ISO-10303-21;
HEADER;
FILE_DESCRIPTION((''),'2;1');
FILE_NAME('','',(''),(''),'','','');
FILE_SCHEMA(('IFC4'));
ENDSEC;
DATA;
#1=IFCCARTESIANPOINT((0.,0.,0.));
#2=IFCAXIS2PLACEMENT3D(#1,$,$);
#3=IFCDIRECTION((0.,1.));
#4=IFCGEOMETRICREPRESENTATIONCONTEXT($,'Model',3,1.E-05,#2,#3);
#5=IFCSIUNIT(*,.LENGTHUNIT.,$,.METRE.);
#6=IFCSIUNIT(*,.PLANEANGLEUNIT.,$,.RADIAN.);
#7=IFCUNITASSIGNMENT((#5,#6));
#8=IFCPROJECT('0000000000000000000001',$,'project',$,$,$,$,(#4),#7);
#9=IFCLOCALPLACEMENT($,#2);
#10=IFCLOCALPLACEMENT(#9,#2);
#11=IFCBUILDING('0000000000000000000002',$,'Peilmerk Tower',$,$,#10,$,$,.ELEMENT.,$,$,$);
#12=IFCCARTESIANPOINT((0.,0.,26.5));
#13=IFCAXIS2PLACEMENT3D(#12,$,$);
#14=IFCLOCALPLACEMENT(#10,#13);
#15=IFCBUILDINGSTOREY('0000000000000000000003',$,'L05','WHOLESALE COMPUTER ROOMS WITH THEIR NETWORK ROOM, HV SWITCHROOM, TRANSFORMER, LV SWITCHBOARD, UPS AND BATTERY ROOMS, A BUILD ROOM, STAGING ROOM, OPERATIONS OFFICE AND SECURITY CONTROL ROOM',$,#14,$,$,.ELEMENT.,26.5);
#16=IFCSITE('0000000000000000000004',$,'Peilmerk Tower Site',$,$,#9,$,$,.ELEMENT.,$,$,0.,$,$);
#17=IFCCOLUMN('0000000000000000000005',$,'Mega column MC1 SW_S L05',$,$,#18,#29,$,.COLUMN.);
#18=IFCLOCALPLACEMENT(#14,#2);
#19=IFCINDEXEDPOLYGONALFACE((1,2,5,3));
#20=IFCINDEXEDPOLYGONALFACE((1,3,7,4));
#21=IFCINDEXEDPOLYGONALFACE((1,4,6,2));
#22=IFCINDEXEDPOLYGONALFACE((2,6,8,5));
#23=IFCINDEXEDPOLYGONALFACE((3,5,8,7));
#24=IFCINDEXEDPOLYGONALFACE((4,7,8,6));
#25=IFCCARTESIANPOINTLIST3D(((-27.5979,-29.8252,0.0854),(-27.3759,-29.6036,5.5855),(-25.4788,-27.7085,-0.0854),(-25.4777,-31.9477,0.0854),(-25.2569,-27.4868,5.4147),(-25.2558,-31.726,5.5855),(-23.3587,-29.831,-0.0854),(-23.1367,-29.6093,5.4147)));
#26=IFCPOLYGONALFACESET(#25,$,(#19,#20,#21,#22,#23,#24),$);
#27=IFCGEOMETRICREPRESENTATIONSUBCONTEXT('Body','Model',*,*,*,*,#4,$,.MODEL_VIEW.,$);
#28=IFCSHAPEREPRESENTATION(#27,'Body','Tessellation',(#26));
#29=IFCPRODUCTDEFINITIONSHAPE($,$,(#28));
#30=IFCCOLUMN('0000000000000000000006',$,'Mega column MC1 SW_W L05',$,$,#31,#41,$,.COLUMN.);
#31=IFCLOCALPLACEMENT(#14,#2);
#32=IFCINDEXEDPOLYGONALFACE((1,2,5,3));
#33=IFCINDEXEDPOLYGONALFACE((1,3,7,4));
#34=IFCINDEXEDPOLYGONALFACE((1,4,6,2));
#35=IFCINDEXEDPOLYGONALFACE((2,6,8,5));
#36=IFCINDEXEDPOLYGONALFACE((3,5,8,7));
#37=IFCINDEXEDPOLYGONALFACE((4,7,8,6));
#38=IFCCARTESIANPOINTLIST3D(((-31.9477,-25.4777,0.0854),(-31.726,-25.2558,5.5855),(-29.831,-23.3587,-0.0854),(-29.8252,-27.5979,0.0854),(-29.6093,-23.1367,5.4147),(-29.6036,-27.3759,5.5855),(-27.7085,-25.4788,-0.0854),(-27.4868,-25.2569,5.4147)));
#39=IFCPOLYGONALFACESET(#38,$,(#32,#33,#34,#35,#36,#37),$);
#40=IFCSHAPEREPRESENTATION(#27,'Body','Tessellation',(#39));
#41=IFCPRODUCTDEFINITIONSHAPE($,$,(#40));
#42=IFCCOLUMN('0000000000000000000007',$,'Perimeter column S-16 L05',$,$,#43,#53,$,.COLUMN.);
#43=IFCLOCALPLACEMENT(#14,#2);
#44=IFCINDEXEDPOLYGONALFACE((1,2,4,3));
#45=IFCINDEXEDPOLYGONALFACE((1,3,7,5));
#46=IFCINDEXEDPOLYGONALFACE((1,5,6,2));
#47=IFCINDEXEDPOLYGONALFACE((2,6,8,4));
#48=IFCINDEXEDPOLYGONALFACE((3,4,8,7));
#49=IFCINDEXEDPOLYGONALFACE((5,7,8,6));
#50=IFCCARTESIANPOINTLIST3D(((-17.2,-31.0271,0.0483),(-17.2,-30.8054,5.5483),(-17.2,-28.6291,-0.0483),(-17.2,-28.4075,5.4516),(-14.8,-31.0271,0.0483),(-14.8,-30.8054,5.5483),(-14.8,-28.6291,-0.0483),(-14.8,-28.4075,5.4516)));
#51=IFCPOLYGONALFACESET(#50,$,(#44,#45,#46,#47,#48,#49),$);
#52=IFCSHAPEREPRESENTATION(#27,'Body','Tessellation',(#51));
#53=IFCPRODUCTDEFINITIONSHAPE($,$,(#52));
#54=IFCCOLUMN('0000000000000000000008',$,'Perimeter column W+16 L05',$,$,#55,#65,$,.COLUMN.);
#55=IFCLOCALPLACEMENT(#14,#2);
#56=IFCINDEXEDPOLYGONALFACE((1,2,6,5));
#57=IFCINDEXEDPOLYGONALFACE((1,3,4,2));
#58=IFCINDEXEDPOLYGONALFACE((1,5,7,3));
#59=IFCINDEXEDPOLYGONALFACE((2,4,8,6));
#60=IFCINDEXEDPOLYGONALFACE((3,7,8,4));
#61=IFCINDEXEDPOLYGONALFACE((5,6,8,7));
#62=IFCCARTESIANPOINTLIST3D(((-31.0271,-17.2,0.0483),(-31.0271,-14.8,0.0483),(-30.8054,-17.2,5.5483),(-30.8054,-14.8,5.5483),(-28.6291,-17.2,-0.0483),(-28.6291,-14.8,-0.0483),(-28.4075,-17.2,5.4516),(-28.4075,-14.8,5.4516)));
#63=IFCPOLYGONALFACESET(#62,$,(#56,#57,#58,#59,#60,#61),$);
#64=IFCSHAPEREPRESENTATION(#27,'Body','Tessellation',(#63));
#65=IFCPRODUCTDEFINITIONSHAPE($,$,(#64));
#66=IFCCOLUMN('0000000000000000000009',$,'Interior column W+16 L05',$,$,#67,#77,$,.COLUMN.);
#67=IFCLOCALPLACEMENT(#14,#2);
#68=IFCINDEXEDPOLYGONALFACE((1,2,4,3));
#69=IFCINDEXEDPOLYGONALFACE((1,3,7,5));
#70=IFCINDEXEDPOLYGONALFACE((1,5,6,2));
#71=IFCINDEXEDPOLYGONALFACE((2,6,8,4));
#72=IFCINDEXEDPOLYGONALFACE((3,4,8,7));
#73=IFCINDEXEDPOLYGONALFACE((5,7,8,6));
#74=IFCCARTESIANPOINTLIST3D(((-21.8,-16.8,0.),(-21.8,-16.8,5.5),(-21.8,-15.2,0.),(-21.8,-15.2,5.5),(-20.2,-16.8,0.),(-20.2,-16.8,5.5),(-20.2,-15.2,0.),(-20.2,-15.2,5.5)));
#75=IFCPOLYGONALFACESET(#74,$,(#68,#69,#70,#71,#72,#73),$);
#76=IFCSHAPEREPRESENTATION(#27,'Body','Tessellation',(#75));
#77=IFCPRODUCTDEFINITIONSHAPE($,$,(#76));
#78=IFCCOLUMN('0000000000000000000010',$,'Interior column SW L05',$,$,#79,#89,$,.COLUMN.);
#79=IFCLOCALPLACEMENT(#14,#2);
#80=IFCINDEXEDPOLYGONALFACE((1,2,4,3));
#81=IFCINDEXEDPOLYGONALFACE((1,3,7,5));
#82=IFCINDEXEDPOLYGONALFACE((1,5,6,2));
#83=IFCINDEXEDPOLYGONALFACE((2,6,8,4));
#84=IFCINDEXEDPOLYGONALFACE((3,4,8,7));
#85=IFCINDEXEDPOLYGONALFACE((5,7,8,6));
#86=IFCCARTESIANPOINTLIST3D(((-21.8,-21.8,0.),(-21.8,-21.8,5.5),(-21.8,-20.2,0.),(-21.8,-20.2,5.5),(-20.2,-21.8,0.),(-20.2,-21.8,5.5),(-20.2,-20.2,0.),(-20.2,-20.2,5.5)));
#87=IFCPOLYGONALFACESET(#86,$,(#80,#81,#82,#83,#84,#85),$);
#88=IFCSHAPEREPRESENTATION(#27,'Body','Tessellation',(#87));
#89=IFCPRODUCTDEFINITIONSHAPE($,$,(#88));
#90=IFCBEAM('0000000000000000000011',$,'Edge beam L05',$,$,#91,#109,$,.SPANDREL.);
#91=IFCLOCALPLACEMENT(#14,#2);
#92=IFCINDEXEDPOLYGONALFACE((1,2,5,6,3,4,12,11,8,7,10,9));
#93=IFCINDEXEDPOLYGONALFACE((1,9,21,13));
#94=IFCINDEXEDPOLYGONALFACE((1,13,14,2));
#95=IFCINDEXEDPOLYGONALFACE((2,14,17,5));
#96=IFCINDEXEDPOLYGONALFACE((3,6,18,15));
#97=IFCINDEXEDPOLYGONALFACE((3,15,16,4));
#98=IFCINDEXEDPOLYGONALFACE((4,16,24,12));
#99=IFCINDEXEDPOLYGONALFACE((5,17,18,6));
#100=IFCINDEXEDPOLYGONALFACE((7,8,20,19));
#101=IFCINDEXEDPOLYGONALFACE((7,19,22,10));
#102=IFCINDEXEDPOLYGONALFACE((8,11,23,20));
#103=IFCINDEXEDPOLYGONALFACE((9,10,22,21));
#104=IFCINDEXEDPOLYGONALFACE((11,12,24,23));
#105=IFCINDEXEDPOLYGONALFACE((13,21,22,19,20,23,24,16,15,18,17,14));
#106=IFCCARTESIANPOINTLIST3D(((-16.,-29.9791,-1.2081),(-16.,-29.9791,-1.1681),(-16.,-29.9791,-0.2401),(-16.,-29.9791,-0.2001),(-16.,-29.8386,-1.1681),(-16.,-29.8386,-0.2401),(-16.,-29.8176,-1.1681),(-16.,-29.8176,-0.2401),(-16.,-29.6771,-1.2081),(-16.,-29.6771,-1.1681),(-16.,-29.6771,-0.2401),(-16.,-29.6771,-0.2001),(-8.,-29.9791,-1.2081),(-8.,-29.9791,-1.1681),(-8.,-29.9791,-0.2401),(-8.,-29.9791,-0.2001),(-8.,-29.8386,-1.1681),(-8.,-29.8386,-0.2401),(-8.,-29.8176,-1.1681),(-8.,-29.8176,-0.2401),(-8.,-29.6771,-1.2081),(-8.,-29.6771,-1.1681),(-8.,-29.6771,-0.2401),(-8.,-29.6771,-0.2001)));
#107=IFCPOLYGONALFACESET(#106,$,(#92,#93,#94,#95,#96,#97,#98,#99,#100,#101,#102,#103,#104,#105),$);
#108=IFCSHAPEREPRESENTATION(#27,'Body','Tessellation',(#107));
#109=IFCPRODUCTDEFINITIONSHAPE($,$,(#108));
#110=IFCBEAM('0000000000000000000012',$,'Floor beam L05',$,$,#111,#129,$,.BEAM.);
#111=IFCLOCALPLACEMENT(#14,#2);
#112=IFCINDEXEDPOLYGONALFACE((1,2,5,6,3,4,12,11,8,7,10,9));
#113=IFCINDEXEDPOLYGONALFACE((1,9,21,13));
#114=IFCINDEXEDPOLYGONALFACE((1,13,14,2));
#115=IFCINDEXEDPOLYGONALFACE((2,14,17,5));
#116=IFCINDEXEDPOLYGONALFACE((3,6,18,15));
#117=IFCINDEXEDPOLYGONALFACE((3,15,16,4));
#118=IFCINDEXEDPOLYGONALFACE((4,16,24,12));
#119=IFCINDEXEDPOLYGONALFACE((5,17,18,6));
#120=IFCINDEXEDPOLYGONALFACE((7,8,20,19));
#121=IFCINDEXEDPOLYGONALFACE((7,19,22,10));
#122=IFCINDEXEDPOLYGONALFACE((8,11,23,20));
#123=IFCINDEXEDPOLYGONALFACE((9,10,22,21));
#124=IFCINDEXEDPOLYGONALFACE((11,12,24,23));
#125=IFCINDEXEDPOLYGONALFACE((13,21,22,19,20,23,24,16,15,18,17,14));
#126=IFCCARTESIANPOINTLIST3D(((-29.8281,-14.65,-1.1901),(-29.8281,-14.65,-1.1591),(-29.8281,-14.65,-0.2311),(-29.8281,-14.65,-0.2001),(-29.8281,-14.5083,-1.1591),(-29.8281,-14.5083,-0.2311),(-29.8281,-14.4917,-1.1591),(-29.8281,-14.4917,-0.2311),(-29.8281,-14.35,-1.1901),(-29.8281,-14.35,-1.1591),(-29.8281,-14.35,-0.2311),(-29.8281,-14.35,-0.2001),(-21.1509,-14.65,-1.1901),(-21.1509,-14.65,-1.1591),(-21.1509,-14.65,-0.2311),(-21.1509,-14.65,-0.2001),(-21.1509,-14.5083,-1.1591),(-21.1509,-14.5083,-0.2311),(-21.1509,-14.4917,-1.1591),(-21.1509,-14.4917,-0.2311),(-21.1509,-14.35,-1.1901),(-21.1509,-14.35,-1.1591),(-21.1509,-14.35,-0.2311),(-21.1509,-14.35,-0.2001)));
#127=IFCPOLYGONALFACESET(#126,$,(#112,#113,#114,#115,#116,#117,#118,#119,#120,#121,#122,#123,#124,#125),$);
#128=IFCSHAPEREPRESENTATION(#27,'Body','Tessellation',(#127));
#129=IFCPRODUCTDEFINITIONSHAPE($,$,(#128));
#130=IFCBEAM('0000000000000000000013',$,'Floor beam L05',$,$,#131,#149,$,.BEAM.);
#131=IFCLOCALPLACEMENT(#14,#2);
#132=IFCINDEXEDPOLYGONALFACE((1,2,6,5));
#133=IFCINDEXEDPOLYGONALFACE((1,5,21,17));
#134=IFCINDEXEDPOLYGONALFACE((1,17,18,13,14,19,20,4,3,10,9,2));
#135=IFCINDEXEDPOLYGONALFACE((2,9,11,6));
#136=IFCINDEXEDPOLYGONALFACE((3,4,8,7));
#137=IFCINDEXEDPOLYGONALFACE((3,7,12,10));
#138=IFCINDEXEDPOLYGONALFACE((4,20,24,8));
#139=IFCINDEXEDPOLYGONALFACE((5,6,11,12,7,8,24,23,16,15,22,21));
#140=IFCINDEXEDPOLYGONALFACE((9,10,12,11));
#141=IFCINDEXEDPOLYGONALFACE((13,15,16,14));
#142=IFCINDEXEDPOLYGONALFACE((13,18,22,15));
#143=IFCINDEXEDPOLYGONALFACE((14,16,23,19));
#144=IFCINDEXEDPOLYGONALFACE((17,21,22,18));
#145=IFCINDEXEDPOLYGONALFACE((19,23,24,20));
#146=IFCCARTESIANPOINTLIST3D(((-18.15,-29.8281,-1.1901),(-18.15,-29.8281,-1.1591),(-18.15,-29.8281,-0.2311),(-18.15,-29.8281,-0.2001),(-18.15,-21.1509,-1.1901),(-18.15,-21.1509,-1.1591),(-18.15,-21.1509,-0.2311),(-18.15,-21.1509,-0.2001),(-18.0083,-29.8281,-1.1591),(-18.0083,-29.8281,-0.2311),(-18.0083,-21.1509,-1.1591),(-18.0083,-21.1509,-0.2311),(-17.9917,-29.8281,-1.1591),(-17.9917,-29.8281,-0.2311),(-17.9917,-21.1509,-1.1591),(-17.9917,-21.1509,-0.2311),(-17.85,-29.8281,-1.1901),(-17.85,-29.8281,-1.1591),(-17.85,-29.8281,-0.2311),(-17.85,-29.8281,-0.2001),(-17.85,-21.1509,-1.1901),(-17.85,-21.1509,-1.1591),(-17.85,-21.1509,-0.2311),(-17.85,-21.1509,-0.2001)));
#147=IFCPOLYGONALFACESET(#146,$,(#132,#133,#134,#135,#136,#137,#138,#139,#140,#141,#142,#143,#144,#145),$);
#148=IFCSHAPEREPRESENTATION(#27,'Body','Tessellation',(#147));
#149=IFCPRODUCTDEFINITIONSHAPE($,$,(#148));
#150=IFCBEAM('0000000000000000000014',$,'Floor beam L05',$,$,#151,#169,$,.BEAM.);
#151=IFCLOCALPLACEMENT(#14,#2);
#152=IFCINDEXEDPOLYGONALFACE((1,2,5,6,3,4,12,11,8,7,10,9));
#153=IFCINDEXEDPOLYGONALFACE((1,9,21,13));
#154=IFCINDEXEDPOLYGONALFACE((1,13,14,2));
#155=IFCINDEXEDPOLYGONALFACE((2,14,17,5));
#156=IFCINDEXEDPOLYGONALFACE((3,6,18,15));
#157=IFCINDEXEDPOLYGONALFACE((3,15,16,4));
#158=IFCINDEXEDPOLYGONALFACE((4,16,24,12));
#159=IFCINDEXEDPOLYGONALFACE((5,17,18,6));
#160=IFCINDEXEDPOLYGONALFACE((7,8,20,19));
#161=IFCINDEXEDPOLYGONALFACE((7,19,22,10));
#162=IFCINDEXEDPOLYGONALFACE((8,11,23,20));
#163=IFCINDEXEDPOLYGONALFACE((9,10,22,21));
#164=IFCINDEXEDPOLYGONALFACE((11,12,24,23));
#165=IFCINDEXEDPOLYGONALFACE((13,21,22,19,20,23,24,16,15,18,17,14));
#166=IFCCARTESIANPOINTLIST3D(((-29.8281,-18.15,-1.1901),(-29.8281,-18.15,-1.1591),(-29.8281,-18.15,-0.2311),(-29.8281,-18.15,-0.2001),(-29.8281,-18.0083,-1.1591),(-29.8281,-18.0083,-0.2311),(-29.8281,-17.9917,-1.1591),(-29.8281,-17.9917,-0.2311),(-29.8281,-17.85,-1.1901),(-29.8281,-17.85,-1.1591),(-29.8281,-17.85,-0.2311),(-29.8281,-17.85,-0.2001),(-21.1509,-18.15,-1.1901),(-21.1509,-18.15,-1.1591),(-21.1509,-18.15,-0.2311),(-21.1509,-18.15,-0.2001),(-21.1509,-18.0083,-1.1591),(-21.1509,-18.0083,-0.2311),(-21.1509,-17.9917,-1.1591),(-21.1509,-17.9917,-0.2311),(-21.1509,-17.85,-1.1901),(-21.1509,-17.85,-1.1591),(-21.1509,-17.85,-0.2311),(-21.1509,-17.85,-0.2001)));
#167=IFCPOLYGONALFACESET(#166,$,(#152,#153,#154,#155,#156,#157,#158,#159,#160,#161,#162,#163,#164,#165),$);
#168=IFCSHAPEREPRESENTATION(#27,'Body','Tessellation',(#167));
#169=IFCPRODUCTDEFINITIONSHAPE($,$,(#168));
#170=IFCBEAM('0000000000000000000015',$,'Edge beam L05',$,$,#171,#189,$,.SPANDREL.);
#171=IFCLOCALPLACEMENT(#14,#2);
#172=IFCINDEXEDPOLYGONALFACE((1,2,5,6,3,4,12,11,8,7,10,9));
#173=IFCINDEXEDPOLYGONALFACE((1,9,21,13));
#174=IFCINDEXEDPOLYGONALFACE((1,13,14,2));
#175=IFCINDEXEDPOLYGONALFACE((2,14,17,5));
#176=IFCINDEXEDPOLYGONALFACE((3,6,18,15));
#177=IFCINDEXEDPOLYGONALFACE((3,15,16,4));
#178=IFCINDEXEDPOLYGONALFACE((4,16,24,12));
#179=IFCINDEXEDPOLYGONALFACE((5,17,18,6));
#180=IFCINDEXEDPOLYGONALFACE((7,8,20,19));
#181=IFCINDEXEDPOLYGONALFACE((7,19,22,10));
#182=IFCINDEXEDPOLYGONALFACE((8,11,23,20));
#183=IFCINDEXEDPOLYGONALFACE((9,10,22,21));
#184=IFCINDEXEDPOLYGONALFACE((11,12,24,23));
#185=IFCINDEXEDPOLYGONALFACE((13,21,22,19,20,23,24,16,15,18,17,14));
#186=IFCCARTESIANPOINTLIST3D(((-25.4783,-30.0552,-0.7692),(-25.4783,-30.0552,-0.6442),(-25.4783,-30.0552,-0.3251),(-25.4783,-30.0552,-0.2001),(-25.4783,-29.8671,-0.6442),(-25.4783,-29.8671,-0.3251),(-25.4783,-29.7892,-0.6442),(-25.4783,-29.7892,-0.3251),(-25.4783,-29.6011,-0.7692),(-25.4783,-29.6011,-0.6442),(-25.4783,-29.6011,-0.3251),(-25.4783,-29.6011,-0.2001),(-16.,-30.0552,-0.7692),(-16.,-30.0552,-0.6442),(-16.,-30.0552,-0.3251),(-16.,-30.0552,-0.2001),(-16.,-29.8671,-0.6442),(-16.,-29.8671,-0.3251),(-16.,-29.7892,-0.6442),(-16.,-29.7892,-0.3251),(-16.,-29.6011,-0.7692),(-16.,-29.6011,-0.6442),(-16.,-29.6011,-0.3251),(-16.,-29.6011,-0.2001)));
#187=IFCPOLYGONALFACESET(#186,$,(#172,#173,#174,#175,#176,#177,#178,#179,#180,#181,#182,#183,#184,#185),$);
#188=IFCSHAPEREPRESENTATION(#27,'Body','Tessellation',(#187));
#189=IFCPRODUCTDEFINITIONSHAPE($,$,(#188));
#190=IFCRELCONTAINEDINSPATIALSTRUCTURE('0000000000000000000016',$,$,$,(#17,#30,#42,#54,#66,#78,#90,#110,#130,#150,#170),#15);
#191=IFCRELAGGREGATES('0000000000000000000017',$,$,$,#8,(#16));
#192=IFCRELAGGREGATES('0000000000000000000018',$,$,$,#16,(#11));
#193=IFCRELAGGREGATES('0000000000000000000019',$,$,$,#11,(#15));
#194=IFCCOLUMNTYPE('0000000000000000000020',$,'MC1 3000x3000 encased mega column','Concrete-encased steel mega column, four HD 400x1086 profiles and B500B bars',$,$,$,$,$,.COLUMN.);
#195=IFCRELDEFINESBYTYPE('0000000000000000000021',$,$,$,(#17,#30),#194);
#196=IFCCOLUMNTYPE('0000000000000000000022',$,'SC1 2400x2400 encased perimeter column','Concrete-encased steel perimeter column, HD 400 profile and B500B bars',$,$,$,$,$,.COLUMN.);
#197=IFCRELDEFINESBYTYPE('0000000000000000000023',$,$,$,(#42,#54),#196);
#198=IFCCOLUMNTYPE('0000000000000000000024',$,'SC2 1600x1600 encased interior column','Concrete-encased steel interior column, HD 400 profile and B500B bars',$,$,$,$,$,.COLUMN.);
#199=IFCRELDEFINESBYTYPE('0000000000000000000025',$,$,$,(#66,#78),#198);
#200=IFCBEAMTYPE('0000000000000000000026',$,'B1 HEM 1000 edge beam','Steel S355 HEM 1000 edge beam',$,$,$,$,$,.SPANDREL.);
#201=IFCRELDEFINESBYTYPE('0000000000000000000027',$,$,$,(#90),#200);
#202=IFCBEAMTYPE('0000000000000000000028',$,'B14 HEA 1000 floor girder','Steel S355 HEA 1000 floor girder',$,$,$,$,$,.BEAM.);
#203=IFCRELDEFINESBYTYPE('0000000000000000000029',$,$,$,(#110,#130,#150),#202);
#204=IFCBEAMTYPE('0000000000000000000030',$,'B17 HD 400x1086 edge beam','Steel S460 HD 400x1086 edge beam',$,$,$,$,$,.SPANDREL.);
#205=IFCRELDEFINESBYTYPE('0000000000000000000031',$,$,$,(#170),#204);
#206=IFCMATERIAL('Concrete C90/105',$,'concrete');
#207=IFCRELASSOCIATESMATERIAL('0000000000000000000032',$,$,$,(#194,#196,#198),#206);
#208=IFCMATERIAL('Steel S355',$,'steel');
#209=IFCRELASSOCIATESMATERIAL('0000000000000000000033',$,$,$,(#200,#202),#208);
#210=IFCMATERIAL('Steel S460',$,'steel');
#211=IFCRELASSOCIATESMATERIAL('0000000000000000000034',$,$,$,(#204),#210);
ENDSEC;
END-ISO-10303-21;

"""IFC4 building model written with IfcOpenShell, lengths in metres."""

from ifc_helpers import new_model, si_unit, direction, frame, origin, origin_2d, place, context, subcontext, project, spatial, rectangle, i_section, extrude, material, material_profile, profile_set, type_object, element, save


model = new_model("IFC4")

# Units and contexts
model_context = context("Model", 3, precision=1e-05, world=origin(), true_north=direction((0.0, 1.0)))
body_context = subcontext(model_context, "Body", "Model", "MODEL_VIEW")
ifc_project = project(units=[si_unit("LENGTHUNIT", "METRE"), si_unit("PLANEANGLEUNIT", "RADIAN")], contexts=[model_context])

# Site, building, storey
site_placement = place(None, origin())
site = spatial("IfcSite", under=ifc_project, at=site_placement, Name="Peilmerk Tower Site", CompositionType="ELEMENT", RefElevation=0.0)
building_placement = place(site_placement, origin())
building = spatial("IfcBuilding", under=site, at=building_placement, Name="Peilmerk Tower", CompositionType="ELEMENT")
storey_placement = place(building_placement, frame((0.0, 0.0, 26.5)))
storey = spatial("IfcBuildingStorey", under=building, at=storey_placement, Name="L05", Description="WHOLESALE COMPUTER ROOMS WITH THEIR NETWORK ROOM, HV SWITCHROOM, TRANSFORMER, LV SWITCHBOARD, UPS AND BATTERY ROOMS, A BUILD ROOM, STAGING ROOM, OPERATIONS OFFICE AND SECURITY CONTROL ROOM", CompositionType="ELEMENT", Elevation=26.5)

# Columns
ifc_material_1 = material(Name="Concrete C90/105", Category="concrete")
ifc_material_profile_1 = material_profile(ifc_material_1, rectangle(XDim=3.0, YDim=3.0, at=origin_2d()), Name="RC 3000x3000")
ifc_profile_set_1 = profile_set([ifc_material_profile_1], Name="Concrete C90/105")
column_type_1 = type_object("IfcColumnType", Name="MC1 3000x3000 encased mega column", Description="Concrete-encased steel mega column, four HD 400x1086 profiles and B500B bars", PredefinedType="COLUMN", material=ifc_profile_set_1)
for number, where, z_axis, x_axis, name in (
    (1, (-25.4783, -29.8281, 0.0), (0.040284, 0.04024, 0.998378), (-0.706718, 0.707496, 0.0), "Mega column MC1 SW_S L05"),
    (2, (-29.8281, -25.4783, 0.0), (0.04024, 0.040284, 0.998378), (-0.707496, 0.706718, 0.0), "Mega column MC1 SW_W L05"),
):
    element("IfcColumn", number, at=place(storey_placement, frame(where, z_axis=z_axis, x_axis=x_axis)), inside=storey, type_object=column_type_1, Name=name, PredefinedType="COLUMN", context=body_context, shape_type="SweptSolid", body=[
        extrude(rectangle(XDim=3.0, YDim=3.0, at=origin_2d()), origin(), (0.0, 0.0, 1.0), 5.509),
    ])
ifc_material_profile_2 = material_profile(ifc_material_1, rectangle(XDim=2.3999, YDim=2.3999, at=origin_2d()), Name="RC 2400x2400")
ifc_profile_set_2 = profile_set([ifc_material_profile_2], Name="Concrete C90/105")
column_type_2 = type_object("IfcColumnType", Name="SC1 2400x2400 encased perimeter column", Description="Concrete-encased steel perimeter column, HD 400 profile and B500B bars", PredefinedType="COLUMN", material=ifc_profile_set_2)
for number, where, z_axis, x_axis, name in (
    (3, (-16.0, -29.8281, 0.0), (0.0, 0.040273, 0.999189), (-1.0, 0.0, 0.0), "Perimeter column S-16 L05"),
    (4, (-29.8281, -16.0, 0.0), (0.040273, 0.0, 0.999189), (0.0, 1.0, 0.0), "Perimeter column W+16 L05"),
):
    element("IfcColumn", number, at=place(storey_placement, frame(where, z_axis=z_axis, x_axis=x_axis)), inside=storey, type_object=column_type_2, Name=name, PredefinedType="COLUMN", context=body_context, shape_type="SweptSolid", body=[
        extrude(rectangle(XDim=2.3999, YDim=2.3999, at=origin_2d()), origin(), (0.0, 0.0, 1.0), 5.5044),
    ])
ifc_material_profile_3 = material_profile(ifc_material_1, rectangle(XDim=1.6001, YDim=1.6001, at=origin_2d()), Name="RC 1600x1600")
ifc_profile_set_3 = profile_set([ifc_material_profile_3], Name="Concrete C90/105")
column_type_3 = type_object("IfcColumnType", Name="SC2 1600x1600 encased interior column", Description="Concrete-encased steel interior column, HD 400 profile and B500B bars", PredefinedType="COLUMN", material=ifc_profile_set_3)
for number, where, z_axis, x_axis, name in (
    (5, (-21.0, -16.0, 0.0), (0.0, 0.0, 1.0), (1.0, 0.0, 0.0), "Interior column W+16 L05"),
    (6, (-21.0, -21.0, 0.0), (0.0, 0.0, 1.0), (1.0, 0.0, 0.0), "Interior column SW L05"),
):
    element("IfcColumn", number, at=place(storey_placement, frame(where, z_axis=z_axis, x_axis=x_axis)), inside=storey, type_object=column_type_3, Name=name, PredefinedType="COLUMN", context=body_context, shape_type="SweptSolid", body=[
        extrude(rectangle(XDim=1.6001, YDim=1.6001, at=origin_2d()), origin(), (0.0, 0.0, 1.0), 5.5),
    ])

# Beams
ifc_material_2 = material(Name="Steel S355", Category="steel")
ifc_material_profile_4 = material_profile(ifc_material_2, i_section(OverallWidth=0.302, OverallDepth=1.0081, WebThickness=0.021, FlangeThickness=0.04, at=origin_2d()), Name="HEM 1000")
ifc_profile_set_4 = profile_set([ifc_material_profile_4], Name="Steel S355")
beam_type_1 = type_object("IfcBeamType", Name="B1 HEM 1000 edge beam", Description="Steel S355 HEM 1000 edge beam", PredefinedType="SPANDREL", material=ifc_profile_set_4)
beam_1_placement = place(storey_placement, frame((-16.0, -29.8281, -0.7041), z_axis=(1.0, 0.0, 0.0), x_axis=(0.0, 1.0, 0.0)))
element("IfcBeam", 7, at=beam_1_placement, inside=storey, type_object=beam_type_1, Name="Edge beam L05", PredefinedType="SPANDREL", context=body_context, shape_type="SweptSolid", body=[
    extrude(i_section(OverallWidth=0.302, OverallDepth=1.0081, WebThickness=0.021, FlangeThickness=0.04, at=origin_2d()), origin(), (0.0, 0.0, 1.0), 8.0),
])
ifc_material_profile_5 = material_profile(ifc_material_2, i_section(OverallWidth=0.3, OverallDepth=0.99, WebThickness=0.0166, FlangeThickness=0.031, at=origin_2d()), Name="HEA 1000")
ifc_profile_set_5 = profile_set([ifc_material_profile_5], Name="Steel S355")
beam_type_2 = type_object("IfcBeamType", Name="B14 HEA 1000 floor girder", Description="Steel S355 HEA 1000 floor girder", PredefinedType="BEAM", material=ifc_profile_set_5)
for number, where, z_axis, x_axis, name in (
    (8, (-21.1509, -14.5, -0.6951), (-1.0, 0.0, 0.0), (0.0, -1.0, 0.0), "Floor beam L05"),
    (9, (-18.0, -21.1509, -0.6951), (0.0, -1.0, 0.0), (1.0, 0.0, 0.0), "Floor beam L05"),
    (10, (-21.1509, -18.0, -0.6951), (-1.0, 0.0, 0.0), (0.0, -1.0, 0.0), "Floor beam L05"),
):
    element("IfcBeam", number, at=place(storey_placement, frame(where, z_axis=z_axis, x_axis=x_axis)), inside=storey, type_object=beam_type_2, Name=name, PredefinedType="BEAM", context=body_context, shape_type="SweptSolid", body=[
        extrude(i_section(OverallWidth=0.3, OverallDepth=0.99, WebThickness=0.0166, FlangeThickness=0.031, at=origin_2d()), origin(), (0.0, 0.0, 1.0), 8.6772),
    ])
ifc_material_3 = material(Name="Steel S460", Category="steel")
ifc_material_profile_6 = material_profile(ifc_material_3, i_section(OverallWidth=0.4541, OverallDepth=0.5691, WebThickness=0.0779, FlangeThickness=0.125, at=origin_2d()), Name="HD 400x1086")
ifc_profile_set_6 = profile_set([ifc_material_profile_6], Name="Steel S460")
beam_type_3 = type_object("IfcBeamType", Name="B17 HD 400x1086 edge beam", Description="Steel S460 HD 400x1086 edge beam", PredefinedType="SPANDREL", material=ifc_profile_set_6)
for number, where, z_axis, x_axis, name in (
    (11, (-25.4783, -29.8281, -0.4846), (1.0, 0.0, 0.0), (0.0, 1.0, 0.0), "Edge beam L05"),
):
    element("IfcBeam", number, at=place(storey_placement, frame(where, z_axis=z_axis, x_axis=x_axis)), inside=storey, type_object=beam_type_3, Name=name, PredefinedType="SPANDREL", context=body_context, shape_type="SweptSolid", body=[
        extrude(i_section(OverallWidth=0.4541, OverallDepth=0.5691, WebThickness=0.0779, FlangeThickness=0.125, at=origin_2d()), origin(), (0.0, 0.0, 1.0), 9.4783),
    ])

save(model, "model.ifc")
